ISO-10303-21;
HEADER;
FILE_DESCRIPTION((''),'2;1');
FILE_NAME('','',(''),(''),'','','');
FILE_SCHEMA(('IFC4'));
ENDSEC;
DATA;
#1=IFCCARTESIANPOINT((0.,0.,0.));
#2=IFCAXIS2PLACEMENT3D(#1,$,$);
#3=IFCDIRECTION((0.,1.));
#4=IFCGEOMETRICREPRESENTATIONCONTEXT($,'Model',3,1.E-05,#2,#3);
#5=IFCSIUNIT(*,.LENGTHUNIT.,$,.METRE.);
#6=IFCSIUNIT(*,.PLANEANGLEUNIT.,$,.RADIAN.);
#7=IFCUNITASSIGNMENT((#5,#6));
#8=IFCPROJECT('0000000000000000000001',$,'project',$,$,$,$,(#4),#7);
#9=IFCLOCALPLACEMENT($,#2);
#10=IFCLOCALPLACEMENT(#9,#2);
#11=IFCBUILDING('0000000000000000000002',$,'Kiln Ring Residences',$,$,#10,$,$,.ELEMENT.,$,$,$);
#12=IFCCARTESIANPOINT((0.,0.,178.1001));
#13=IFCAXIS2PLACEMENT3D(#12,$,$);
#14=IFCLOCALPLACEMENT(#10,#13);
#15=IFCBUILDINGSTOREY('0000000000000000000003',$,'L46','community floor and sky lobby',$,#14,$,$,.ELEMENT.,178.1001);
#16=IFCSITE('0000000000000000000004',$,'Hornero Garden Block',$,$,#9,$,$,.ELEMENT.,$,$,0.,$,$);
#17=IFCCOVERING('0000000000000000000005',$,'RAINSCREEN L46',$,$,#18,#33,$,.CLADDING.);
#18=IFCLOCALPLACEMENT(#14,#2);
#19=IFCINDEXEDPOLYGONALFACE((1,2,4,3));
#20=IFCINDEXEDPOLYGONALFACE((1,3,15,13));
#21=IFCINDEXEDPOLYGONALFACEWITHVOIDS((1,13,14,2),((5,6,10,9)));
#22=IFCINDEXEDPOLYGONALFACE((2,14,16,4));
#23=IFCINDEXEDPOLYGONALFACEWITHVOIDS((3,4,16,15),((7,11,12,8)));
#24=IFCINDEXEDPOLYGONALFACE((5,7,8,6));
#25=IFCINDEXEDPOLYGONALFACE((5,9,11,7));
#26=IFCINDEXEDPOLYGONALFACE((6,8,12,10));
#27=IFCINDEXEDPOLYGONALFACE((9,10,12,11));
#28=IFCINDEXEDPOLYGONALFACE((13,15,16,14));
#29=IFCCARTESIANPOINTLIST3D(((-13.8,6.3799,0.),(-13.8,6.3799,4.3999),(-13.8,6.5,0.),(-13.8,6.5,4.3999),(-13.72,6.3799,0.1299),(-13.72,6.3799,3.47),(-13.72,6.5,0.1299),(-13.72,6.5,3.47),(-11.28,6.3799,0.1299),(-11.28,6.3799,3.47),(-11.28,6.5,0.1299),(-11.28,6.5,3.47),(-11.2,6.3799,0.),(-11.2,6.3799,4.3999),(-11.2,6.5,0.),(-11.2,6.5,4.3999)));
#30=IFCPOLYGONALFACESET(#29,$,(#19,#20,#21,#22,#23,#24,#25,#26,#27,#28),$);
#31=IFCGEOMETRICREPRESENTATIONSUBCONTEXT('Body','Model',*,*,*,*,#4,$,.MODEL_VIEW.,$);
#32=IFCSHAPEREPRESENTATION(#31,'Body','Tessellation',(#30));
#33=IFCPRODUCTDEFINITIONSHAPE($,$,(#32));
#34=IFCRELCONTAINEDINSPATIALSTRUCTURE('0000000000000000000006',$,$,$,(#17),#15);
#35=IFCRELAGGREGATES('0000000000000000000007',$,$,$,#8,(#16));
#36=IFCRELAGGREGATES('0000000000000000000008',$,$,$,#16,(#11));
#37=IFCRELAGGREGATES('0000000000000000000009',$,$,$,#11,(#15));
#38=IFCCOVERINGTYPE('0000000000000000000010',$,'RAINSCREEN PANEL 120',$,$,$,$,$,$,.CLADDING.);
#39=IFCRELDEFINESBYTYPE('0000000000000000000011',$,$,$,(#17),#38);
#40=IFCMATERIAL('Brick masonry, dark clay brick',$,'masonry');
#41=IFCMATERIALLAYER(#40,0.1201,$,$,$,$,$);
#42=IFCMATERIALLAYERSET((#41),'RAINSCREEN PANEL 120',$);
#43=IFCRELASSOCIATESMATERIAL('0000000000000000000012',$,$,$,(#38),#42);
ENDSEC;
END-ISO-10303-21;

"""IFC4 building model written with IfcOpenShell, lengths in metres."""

from ifc_helpers import new_model, si_unit, direction, frame, origin, place, context, subcontext, project, spatial, polyline, outline, extrude, material, layer, layer_set, type_object, element, save


model = new_model("IFC4")

# Units and contexts
model_context = context("Model", 3, precision=1e-05, world=origin(), true_north=direction((0.0, 1.0)))
body_context = subcontext(model_context, "Body", "Model", "MODEL_VIEW")
ifc_project = project(units=[si_unit("LENGTHUNIT", "METRE"), si_unit("PLANEANGLEUNIT", "RADIAN")], contexts=[model_context])

# Site, building, storey
site_placement = place(None, origin())
site = spatial("IfcSite", under=ifc_project, at=site_placement, Name="Hornero Garden Block", CompositionType="ELEMENT", RefElevation=0.0)
building_placement = place(site_placement, origin())
building = spatial("IfcBuilding", under=site, at=building_placement, Name="Kiln Ring Residences", CompositionType="ELEMENT")
storey_placement = place(building_placement, frame((0.0, 0.0, 178.1001)))
storey = spatial("IfcBuildingStorey", under=building, at=storey_placement, Name="L46", Description="community floor and sky lobby", CompositionType="ELEMENT", Elevation=178.1001)

# Covering
ifc_material_1 = material(Name="Brick masonry, dark clay brick", Category="masonry")
ifc_layer_1 = layer(ifc_material_1, 0.1201)
ifc_layer_set_1 = layer_set([ifc_layer_1], Name="RAINSCREEN PANEL 120")
covering_type = type_object("IfcCoveringType", Name="RAINSCREEN PANEL 120", PredefinedType="CLADDING", material=ifc_layer_set_1)
covering_placement = place(storey_placement, frame((-13.8, 6.4399, 0.0), z_axis=(0.0, 0.0, 1.0), x_axis=(1.0, 0.0, 0.0)))
element("IfcCovering", 1, at=covering_placement, inside=storey, type_object=covering_type, Name="RAINSCREEN L46", PredefinedType="CLADDING", context=body_context, shape_type="SweptSolid", body=[
    extrude(outline(polyline([(0.0, 0.0), (2.6001, 0.0), (2.6001, 4.3999), (0.0, 4.3999), (0.0, 0.0)]), holes=[polyline([(0.0801, 3.47), (0.0801, 0.1299), (2.52, 0.1299), (2.52, 3.47), (0.0801, 3.47)])]), frame((0.0, 0.0601, 0.0), z_axis=(0.0, -1.0, 0.0), x_axis=(1.0, 0.0, 0.0)), (0.0, 0.0, 1.0), 0.1201),
])

save(model, "model.ifc")
